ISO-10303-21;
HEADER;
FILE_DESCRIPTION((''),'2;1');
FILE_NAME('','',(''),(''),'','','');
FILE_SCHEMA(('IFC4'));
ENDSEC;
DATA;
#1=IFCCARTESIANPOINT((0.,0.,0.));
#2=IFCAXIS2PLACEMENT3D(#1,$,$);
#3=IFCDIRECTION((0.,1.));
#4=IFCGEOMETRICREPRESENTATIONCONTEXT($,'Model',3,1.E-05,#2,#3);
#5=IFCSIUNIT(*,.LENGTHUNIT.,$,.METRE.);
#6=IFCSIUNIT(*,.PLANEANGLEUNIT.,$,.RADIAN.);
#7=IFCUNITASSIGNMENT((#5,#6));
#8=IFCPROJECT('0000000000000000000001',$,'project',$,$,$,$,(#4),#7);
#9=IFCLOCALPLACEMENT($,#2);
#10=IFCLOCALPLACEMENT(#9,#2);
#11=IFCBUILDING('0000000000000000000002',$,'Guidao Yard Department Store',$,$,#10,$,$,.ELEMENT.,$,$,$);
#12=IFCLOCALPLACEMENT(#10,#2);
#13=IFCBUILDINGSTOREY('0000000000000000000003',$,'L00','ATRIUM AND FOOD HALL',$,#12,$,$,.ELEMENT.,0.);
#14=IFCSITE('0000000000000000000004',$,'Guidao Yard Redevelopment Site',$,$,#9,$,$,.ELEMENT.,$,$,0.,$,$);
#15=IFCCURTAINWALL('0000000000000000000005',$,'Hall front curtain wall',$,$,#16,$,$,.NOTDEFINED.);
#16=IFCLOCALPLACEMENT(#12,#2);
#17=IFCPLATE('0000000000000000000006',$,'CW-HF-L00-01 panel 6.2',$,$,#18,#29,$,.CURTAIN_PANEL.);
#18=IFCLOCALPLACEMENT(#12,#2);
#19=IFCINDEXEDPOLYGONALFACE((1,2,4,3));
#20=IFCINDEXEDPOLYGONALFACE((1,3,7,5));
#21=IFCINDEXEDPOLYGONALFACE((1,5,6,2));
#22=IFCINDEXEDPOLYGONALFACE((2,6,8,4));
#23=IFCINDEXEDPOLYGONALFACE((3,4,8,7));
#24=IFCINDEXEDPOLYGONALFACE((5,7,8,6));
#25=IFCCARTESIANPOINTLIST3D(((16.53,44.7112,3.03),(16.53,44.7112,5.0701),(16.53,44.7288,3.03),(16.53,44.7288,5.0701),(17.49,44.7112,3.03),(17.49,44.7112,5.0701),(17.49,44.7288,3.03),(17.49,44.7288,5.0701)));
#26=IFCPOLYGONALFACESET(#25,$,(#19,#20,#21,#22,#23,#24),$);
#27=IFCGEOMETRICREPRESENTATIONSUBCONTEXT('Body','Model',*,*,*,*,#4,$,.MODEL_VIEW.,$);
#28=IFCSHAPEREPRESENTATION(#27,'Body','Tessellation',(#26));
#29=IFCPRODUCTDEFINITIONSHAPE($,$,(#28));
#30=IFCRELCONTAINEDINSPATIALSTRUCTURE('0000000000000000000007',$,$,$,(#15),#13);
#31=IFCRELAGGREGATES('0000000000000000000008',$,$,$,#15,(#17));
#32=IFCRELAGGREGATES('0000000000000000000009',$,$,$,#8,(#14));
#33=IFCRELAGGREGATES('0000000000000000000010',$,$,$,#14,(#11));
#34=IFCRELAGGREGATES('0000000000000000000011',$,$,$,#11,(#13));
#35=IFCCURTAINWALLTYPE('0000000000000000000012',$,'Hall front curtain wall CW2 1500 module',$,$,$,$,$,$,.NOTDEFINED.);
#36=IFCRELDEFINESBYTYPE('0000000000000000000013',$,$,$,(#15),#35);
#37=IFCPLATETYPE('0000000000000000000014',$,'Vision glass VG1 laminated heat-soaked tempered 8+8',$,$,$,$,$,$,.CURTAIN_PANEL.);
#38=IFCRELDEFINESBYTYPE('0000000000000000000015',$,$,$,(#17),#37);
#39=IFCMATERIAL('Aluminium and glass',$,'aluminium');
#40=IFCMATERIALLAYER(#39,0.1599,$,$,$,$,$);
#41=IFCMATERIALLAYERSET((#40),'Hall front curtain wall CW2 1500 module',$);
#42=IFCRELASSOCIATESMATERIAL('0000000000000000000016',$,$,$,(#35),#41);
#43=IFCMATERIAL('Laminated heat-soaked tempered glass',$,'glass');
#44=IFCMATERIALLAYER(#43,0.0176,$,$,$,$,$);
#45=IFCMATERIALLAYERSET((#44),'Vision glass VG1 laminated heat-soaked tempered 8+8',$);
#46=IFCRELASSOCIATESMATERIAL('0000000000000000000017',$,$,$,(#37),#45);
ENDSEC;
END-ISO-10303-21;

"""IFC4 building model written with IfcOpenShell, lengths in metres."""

from ifc_helpers import new_model, si_unit, direction, frame, origin, origin_2d, place, context, subcontext, project, spatial, rectangle, extrude, material, layer, layer_set, type_object, element, aggregate, save


model = new_model("IFC4")

# Units and contexts
model_context = context("Model", 3, precision=1e-05, world=origin(), true_north=direction((0.0, 1.0)))
body_context = subcontext(model_context, "Body", "Model", "MODEL_VIEW")
ifc_project = project(units=[si_unit("LENGTHUNIT", "METRE"), si_unit("PLANEANGLEUNIT", "RADIAN")], contexts=[model_context])

# Site, building, storey
site_placement = place(None, origin())
site = spatial("IfcSite", under=ifc_project, at=site_placement, Name="Guidao Yard Redevelopment Site", CompositionType="ELEMENT", RefElevation=0.0)
building_placement = place(site_placement, origin())
building = spatial("IfcBuilding", under=site, at=building_placement, Name="Guidao Yard Department Store", CompositionType="ELEMENT")
storey_placement = place(building_placement, origin())
storey = spatial("IfcBuildingStorey", under=building, at=storey_placement, Name="L00", Description="ATRIUM AND FOOD HALL", CompositionType="ELEMENT", Elevation=0.0)

# Curtain wall, plate
ifc_material_1 = material(Name="Aluminium and glass", Category="aluminium")
ifc_layer_1 = layer(ifc_material_1, 0.1599)
ifc_layer_set_1 = layer_set([ifc_layer_1], Name="Hall front curtain wall CW2 1500 module")
curtain_wall_type = type_object("IfcCurtainWallType", Name="Hall front curtain wall CW2 1500 module", PredefinedType="NOTDEFINED", material=ifc_layer_set_1)
curtain_wall_placement = place(storey_placement, origin())
curtain_wall = element("IfcCurtainWall", 1, at=curtain_wall_placement, inside=storey, type_object=curtain_wall_type, Name="Hall front curtain wall", PredefinedType="NOTDEFINED")
ifc_material_2 = material(Name="Laminated heat-soaked tempered glass", Category="glass")
ifc_layer_2 = layer(ifc_material_2, 0.0176)
ifc_layer_set_2 = layer_set([ifc_layer_2], Name="Vision glass VG1 laminated heat-soaked tempered 8+8")
plate_type_1 = type_object("IfcPlateType", Name="Vision glass VG1 laminated heat-soaked tempered 8+8", PredefinedType="CURTAIN_PANEL", material=ifc_layer_set_2)
plate_1_placement = place(storey_placement, frame((17.01, 44.72, 3.03), z_axis=(0.0, 0.0, 1.0), x_axis=(-1.0, 0.0, 0.0)))
plate_1 = element("IfcPlate", 2, at=plate_1_placement, type_object=plate_type_1, Name="CW-HF-L00-01 panel 6.2", PredefinedType="CURTAIN_PANEL", context=body_context, shape_type="SweptSolid", body=[
    extrude(rectangle(XDim=0.96, YDim=0.0176, at=origin_2d()), origin(), (0.0, 0.0, 1.0), 2.04),
])
aggregate(curtain_wall, [plate_1])

save(model, "model.ifc")
